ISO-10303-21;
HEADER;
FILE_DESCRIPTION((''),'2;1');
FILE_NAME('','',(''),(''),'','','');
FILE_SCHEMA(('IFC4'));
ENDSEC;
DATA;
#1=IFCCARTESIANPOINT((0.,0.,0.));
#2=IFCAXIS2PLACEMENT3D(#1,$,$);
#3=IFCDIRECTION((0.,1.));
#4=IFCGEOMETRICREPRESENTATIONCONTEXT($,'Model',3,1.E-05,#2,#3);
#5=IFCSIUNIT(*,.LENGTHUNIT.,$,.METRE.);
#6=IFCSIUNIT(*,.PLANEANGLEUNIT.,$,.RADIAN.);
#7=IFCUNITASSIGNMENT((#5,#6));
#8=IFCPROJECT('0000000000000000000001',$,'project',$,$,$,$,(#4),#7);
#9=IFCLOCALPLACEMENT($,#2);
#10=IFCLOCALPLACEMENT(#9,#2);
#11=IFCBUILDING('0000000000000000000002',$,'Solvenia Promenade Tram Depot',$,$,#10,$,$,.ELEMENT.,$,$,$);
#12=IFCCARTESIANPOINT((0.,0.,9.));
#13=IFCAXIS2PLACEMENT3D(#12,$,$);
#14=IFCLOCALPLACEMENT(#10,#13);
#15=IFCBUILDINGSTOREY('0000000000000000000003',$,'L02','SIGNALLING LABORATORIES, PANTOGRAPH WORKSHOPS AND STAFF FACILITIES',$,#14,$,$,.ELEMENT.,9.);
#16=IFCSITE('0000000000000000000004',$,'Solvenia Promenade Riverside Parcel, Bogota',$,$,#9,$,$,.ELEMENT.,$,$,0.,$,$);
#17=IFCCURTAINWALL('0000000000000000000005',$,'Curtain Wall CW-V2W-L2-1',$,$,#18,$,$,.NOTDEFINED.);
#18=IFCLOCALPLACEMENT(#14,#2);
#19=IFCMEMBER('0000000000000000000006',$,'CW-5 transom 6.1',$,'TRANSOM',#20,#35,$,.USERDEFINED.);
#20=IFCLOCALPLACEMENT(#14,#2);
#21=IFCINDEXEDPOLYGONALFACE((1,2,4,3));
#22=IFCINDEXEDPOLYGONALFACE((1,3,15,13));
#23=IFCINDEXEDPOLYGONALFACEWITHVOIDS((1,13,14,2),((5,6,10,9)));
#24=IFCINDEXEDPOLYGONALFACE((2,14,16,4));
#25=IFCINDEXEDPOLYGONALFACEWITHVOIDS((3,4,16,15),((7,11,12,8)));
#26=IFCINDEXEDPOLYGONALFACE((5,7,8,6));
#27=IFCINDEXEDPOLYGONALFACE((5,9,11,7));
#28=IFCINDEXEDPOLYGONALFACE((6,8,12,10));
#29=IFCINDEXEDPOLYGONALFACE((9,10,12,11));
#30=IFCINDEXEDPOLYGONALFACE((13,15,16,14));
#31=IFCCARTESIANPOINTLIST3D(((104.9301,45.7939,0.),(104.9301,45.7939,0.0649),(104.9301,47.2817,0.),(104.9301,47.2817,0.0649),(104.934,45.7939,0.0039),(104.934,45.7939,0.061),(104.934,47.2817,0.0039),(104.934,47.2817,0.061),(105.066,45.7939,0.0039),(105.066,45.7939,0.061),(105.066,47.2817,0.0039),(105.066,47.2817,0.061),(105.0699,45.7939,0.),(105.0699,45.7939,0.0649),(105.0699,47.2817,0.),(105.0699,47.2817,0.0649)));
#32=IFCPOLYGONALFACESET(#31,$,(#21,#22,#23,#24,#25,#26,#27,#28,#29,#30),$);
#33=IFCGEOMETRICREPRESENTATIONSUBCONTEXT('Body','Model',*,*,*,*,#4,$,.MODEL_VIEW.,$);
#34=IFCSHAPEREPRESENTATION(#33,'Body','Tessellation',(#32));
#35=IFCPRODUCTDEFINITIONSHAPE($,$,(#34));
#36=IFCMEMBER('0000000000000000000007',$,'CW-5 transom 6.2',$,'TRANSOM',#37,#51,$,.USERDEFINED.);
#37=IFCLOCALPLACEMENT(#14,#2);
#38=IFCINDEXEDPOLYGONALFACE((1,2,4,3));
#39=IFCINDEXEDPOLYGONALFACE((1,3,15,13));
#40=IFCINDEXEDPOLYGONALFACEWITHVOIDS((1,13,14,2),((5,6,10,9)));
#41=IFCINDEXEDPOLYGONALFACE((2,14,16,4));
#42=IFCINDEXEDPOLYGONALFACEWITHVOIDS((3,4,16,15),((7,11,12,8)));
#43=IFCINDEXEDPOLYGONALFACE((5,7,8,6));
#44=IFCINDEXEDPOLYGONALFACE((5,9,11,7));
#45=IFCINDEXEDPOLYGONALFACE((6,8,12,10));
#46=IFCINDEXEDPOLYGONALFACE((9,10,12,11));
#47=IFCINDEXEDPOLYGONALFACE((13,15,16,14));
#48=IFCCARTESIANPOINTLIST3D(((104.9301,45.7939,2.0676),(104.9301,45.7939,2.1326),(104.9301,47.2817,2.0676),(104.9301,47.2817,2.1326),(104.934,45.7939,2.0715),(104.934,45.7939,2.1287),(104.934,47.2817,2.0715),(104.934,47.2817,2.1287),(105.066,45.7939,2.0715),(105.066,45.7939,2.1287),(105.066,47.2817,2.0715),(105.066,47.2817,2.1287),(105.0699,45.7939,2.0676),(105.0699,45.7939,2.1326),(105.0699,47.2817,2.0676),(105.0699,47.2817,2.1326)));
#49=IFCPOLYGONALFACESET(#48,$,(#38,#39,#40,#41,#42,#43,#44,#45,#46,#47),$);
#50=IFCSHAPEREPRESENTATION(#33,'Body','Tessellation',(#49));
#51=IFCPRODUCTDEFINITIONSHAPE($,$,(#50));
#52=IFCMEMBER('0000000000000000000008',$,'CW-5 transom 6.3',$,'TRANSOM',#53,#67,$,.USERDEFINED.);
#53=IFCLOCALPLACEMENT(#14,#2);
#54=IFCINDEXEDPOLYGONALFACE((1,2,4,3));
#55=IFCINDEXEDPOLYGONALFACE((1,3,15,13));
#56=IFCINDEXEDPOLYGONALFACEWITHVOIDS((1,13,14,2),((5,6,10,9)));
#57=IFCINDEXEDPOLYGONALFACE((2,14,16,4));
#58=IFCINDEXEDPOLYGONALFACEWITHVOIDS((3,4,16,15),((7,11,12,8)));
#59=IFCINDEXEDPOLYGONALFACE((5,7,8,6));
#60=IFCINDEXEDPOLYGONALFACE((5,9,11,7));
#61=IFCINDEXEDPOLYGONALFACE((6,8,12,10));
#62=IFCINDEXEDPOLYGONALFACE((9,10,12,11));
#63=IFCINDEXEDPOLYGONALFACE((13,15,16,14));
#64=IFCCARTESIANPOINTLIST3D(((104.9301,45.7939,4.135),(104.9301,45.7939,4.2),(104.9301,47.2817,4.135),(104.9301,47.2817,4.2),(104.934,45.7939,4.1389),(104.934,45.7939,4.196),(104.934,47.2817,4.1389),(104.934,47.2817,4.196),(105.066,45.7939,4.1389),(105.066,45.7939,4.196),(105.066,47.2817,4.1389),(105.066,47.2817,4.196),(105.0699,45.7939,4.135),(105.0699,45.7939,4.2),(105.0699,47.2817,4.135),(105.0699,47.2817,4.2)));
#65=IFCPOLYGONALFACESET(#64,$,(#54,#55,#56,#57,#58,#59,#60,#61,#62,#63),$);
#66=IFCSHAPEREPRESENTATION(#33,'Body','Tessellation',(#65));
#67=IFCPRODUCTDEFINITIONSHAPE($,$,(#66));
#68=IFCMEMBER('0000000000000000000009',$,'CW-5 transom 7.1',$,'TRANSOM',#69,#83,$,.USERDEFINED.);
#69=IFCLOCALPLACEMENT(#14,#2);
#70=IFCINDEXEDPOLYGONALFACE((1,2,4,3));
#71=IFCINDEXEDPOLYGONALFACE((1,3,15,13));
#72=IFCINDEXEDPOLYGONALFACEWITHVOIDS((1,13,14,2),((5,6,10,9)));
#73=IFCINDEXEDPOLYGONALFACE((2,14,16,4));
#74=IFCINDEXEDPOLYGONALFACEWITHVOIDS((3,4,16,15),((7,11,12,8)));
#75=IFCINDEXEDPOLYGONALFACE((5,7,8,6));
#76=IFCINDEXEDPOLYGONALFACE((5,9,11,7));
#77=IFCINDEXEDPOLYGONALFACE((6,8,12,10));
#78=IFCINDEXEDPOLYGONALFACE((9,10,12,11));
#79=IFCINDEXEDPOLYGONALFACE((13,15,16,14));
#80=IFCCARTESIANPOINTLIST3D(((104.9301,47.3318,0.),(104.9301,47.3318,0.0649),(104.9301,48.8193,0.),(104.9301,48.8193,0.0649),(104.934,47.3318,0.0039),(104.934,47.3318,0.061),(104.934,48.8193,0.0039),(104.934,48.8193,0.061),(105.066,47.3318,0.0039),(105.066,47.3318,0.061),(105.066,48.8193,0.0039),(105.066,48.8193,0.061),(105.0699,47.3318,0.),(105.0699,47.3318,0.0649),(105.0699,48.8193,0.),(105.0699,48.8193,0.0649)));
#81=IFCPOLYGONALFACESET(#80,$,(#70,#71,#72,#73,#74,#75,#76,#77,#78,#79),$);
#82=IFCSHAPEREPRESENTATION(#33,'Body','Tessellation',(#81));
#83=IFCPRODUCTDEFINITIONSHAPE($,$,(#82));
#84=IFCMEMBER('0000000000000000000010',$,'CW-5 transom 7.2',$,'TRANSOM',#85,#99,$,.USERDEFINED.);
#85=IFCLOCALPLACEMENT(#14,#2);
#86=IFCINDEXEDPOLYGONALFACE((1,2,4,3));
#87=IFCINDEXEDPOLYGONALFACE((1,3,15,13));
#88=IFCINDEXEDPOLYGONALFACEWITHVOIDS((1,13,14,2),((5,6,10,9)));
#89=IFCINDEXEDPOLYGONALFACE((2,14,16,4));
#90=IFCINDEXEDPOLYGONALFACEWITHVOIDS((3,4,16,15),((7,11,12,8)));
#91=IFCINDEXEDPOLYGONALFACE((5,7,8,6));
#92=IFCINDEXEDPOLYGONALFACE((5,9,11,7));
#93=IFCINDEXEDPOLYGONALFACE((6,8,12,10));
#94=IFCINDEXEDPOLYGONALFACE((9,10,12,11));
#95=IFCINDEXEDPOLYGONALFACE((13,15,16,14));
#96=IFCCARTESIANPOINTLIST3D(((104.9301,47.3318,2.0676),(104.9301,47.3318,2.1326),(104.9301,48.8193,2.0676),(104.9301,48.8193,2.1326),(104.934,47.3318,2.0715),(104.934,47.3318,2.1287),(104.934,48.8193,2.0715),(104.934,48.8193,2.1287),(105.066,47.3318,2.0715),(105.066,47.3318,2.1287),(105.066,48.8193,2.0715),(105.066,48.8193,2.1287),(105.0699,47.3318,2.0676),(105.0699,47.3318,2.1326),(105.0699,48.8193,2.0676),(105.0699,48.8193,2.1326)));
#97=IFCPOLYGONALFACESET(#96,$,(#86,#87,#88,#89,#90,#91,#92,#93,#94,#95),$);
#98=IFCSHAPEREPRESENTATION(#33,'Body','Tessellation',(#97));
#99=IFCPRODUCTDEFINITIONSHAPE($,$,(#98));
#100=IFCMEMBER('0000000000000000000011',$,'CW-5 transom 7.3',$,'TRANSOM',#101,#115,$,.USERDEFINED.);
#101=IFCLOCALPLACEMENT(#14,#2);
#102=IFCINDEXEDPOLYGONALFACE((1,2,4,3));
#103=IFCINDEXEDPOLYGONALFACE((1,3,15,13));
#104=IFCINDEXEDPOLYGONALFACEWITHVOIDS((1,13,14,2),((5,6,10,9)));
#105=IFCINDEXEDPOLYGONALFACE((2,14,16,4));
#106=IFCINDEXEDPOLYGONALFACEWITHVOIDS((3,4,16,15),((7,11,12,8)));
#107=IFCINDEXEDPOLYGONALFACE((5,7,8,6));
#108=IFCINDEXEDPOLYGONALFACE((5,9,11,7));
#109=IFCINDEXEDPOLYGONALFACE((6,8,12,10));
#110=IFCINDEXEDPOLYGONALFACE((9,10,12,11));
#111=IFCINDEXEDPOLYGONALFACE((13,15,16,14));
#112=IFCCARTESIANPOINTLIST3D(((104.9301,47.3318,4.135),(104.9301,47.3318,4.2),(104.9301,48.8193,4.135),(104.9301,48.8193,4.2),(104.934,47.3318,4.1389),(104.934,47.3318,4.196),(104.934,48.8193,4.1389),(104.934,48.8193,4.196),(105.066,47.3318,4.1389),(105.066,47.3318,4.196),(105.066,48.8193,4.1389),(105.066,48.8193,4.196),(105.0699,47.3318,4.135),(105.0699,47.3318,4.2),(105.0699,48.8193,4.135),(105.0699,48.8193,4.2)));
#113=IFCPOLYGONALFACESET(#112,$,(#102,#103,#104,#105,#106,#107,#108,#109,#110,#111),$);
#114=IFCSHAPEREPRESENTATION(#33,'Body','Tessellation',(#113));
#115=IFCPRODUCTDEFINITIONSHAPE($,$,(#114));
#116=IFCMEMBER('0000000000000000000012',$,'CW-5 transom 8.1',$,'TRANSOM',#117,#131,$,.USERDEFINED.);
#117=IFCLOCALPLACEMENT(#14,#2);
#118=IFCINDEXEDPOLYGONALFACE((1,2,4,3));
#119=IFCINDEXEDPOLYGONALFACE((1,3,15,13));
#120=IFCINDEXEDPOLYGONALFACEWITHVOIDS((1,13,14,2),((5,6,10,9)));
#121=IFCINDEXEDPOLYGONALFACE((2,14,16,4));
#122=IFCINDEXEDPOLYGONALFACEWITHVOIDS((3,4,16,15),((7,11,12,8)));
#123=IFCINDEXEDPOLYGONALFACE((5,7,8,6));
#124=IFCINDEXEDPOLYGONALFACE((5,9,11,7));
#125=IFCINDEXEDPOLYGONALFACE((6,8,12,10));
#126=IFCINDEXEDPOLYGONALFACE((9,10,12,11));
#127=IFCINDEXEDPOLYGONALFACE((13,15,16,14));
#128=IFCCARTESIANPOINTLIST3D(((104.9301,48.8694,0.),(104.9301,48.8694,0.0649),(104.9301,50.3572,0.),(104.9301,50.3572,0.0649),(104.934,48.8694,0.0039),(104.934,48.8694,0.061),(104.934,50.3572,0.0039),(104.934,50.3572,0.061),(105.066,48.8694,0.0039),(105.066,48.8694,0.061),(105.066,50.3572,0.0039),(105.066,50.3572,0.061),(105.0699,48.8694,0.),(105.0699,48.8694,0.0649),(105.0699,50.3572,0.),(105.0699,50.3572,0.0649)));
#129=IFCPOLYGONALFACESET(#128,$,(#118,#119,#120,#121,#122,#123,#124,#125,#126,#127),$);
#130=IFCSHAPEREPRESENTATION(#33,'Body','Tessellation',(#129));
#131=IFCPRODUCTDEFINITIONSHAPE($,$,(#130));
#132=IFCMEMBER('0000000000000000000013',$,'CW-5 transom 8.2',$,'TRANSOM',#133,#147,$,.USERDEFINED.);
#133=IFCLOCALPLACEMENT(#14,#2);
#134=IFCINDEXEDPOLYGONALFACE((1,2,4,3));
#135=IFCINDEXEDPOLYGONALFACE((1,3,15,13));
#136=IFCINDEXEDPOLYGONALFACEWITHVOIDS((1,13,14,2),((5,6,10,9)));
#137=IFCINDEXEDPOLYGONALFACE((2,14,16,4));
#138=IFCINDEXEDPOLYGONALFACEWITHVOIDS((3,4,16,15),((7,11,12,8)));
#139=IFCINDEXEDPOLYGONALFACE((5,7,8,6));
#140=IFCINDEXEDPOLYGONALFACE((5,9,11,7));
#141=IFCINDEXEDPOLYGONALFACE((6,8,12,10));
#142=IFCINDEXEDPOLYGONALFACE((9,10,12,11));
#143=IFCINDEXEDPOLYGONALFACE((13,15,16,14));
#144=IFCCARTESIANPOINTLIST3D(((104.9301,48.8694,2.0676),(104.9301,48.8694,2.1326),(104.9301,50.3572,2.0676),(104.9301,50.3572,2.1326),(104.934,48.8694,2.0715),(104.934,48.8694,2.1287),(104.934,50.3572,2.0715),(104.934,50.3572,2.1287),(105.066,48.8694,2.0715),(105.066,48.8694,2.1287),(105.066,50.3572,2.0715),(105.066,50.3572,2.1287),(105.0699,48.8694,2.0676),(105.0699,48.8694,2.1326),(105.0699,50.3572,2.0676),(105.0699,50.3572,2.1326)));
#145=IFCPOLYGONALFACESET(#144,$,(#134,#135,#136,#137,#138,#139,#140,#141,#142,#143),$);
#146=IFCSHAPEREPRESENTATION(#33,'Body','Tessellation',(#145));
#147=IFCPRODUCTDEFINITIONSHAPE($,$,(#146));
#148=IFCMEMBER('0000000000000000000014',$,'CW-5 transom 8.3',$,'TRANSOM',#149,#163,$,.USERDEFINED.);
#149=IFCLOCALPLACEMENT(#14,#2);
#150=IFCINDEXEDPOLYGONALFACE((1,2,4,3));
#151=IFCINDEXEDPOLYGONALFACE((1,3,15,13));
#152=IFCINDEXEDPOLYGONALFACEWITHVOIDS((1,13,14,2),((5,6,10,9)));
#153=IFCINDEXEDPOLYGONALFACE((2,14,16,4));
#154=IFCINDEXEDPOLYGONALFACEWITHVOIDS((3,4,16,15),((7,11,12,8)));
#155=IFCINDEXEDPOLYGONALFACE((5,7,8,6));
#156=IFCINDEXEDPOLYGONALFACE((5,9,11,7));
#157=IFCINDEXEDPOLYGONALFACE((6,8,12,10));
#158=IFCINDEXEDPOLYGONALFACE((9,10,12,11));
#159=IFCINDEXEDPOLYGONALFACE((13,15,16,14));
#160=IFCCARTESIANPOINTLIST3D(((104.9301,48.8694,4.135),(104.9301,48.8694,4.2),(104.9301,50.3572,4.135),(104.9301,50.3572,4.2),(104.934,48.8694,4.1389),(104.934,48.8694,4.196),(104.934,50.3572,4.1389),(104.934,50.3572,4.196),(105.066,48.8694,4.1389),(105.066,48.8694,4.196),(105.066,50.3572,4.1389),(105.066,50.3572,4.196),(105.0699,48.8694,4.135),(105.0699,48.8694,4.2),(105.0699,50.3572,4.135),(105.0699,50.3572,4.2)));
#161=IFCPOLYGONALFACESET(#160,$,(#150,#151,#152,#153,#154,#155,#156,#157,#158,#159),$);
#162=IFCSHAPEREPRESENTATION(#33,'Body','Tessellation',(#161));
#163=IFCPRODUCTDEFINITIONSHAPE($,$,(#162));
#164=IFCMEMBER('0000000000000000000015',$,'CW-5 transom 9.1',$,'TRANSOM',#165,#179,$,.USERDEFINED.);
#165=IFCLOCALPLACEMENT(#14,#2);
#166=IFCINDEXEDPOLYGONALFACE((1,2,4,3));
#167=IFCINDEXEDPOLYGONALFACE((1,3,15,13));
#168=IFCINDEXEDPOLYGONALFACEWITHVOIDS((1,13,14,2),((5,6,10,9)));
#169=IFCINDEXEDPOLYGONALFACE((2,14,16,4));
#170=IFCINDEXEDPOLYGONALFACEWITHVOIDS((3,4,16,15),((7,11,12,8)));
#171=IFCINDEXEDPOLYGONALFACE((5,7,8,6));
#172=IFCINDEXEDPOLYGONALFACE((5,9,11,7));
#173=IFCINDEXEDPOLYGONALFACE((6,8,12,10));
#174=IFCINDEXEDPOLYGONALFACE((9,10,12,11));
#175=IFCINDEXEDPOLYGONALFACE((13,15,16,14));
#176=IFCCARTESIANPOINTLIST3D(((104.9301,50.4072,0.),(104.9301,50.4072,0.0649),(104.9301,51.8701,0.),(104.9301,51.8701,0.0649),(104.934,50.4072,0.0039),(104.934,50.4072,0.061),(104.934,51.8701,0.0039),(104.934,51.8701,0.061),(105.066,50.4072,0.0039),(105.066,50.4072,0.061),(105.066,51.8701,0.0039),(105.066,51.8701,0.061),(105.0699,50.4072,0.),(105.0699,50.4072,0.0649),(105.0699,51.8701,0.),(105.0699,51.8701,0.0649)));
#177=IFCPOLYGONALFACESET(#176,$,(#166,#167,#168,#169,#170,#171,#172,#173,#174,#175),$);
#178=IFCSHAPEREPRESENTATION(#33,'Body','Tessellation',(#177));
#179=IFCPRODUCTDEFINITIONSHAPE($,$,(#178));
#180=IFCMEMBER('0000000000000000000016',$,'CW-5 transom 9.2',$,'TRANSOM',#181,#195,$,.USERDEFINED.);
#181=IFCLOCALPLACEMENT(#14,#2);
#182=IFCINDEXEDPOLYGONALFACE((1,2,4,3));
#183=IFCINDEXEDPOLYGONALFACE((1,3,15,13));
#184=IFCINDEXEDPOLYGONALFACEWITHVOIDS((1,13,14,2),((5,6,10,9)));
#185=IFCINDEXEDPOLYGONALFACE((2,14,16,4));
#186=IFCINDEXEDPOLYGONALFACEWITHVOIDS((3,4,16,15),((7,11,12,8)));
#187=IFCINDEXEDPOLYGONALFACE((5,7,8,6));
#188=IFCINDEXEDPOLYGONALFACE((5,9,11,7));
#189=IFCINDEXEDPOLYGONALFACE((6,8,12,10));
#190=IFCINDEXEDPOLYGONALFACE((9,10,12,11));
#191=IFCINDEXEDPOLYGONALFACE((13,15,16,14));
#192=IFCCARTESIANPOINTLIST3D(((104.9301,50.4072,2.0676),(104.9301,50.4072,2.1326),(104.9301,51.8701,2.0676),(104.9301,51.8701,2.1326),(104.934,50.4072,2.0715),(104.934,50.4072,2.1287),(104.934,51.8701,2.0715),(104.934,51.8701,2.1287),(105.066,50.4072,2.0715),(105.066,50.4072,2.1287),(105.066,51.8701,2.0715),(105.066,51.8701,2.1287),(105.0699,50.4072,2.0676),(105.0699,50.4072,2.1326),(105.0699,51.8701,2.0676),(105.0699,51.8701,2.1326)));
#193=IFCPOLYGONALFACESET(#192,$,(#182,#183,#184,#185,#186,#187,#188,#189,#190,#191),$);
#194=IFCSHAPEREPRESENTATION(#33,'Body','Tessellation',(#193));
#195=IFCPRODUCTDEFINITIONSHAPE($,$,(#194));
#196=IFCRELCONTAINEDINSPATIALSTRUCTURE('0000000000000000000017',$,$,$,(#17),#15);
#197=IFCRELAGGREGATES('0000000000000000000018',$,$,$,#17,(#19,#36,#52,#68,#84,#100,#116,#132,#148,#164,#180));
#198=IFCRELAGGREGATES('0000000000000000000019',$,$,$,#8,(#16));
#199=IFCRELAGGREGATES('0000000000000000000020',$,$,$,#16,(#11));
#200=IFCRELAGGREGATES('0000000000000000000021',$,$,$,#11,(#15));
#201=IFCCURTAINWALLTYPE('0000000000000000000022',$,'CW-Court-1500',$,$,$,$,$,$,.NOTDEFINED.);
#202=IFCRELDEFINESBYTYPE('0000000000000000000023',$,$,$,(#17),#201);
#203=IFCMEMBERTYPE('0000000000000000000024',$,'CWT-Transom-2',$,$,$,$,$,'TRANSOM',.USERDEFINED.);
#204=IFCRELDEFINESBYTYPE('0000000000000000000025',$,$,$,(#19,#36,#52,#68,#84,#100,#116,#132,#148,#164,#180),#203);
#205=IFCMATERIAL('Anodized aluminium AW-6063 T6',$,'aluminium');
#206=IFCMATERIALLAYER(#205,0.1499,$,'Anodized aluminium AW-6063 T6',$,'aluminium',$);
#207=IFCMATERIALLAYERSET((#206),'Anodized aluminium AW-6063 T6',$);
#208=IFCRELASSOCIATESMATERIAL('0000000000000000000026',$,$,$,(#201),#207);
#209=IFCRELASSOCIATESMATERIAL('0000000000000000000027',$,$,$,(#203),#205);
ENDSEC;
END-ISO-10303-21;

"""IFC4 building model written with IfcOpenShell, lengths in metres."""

from ifc_helpers import new_model, si_unit, direction, frame, origin, origin_2d, place, context, subcontext, project, spatial, hollow_rectangle, extrude, material, layer, layer_set, material_profile, profile_set, type_object, element, aggregate, save


model = new_model("IFC4")

# Units and contexts
model_context = context("Model", 3, precision=1e-05, world=origin(), true_north=direction((0.0, 1.0)))
body_context = subcontext(model_context, "Body", "Model", "MODEL_VIEW")
ifc_project = project(units=[si_unit("LENGTHUNIT", "METRE"), si_unit("PLANEANGLEUNIT", "RADIAN")], contexts=[model_context])

# Site, building, storey
site_placement = place(None, origin())
site = spatial("IfcSite", under=ifc_project, at=site_placement, Name="Solvenia Promenade Riverside Parcel, Bogota", CompositionType="ELEMENT", RefElevation=0.0)
building_placement = place(site_placement, origin())
building = spatial("IfcBuilding", under=site, at=building_placement, Name="Solvenia Promenade Tram Depot", CompositionType="ELEMENT")
storey_placement = place(building_placement, frame((0.0, 0.0, 9.0)))
storey = spatial("IfcBuildingStorey", under=building, at=storey_placement, Name="L02", Description="SIGNALLING LABORATORIES, PANTOGRAPH WORKSHOPS AND STAFF FACILITIES", CompositionType="ELEMENT", Elevation=9.0)

# Curtain wall, members
ifc_material_1 = material(Name="Anodized aluminium AW-6063 T6", Category="aluminium")
ifc_layer_1 = layer(ifc_material_1, 0.1499, Name="Anodized aluminium AW-6063 T6", Category="aluminium")
ifc_layer_set_1 = layer_set([ifc_layer_1], Name="Anodized aluminium AW-6063 T6")
curtain_wall_type = type_object("IfcCurtainWallType", Name="CW-Court-1500", PredefinedType="NOTDEFINED", material=ifc_layer_set_1)
curtain_wall_placement = place(storey_placement, origin())
curtain_wall = element("IfcCurtainWall", 1, at=curtain_wall_placement, inside=storey, type_object=curtain_wall_type, Name="Curtain Wall CW-V2W-L2-1", PredefinedType="NOTDEFINED")
ifc_material_profile_1 = material_profile(ifc_material_1, hollow_rectangle(XDim=0.1399, YDim=0.0649, WallThickness=0.0039, at=origin_2d()), Name="ALU-T2", Category="aluminium")
ifc_profile_set_1 = profile_set([ifc_material_profile_1], Name="Anodized aluminium AW-6063 T6")
member_type_1 = type_object("IfcMemberType", Name="CWT-Transom-2", ElementType="TRANSOM", PredefinedType="USERDEFINED", material=ifc_profile_set_1)
member_1_placement = place(storey_placement, frame((105.0, 45.7939, 0.0325), z_axis=(0.0, 1.0, 0.0), x_axis=(-1.0, 0.0, 0.0)))
member_1 = element("IfcMember", 2, at=member_1_placement, type_object=member_type_1, Name="CW-5 transom 6.1", ObjectType="TRANSOM", PredefinedType="USERDEFINED", context=body_context, shape_type="SweptSolid", body=[
    extrude(hollow_rectangle(XDim=0.1399, YDim=0.0649, WallThickness=0.0039, at=origin_2d()), origin(), (0.0, 0.0, 1.0), 1.4878),
])
member_2_placement = place(storey_placement, frame((105.0, 45.7939, 2.1001), z_axis=(0.0, 1.0, 0.0), x_axis=(-1.0, 0.0, 0.0)))
member_2 = element("IfcMember", 3, at=member_2_placement, type_object=member_type_1, Name="CW-5 transom 6.2", ObjectType="TRANSOM", PredefinedType="USERDEFINED", context=body_context, shape_type="SweptSolid", body=[
    extrude(hollow_rectangle(XDim=0.1399, YDim=0.0649, WallThickness=0.0039, at=origin_2d()), origin(), (0.0, 0.0, 1.0), 1.4878),
])
member_3_placement = place(storey_placement, frame((105.0, 45.7939, 4.1675), z_axis=(0.0, 1.0, 0.0), x_axis=(-1.0, 0.0, 0.0)))
member_3 = element("IfcMember", 4, at=member_3_placement, type_object=member_type_1, Name="CW-5 transom 6.3", ObjectType="TRANSOM", PredefinedType="USERDEFINED", context=body_context, shape_type="SweptSolid", body=[
    extrude(hollow_rectangle(XDim=0.1399, YDim=0.0649, WallThickness=0.0039, at=origin_2d()), origin(), (0.0, 0.0, 1.0), 1.4878),
])
member_4_placement = place(storey_placement, frame((105.0, 47.3318, 0.0325), z_axis=(0.0, 1.0, 0.0), x_axis=(-1.0, 0.0, 0.0)))
member_4 = element("IfcMember", 5, at=member_4_placement, type_object=member_type_1, Name="CW-5 transom 7.1", ObjectType="TRANSOM", PredefinedType="USERDEFINED", context=body_context, shape_type="SweptSolid", body=[
    extrude(hollow_rectangle(XDim=0.1399, YDim=0.0649, WallThickness=0.0039, at=origin_2d()), origin(), (0.0, 0.0, 1.0), 1.4875),
])
member_5_placement = place(storey_placement, frame((105.0, 47.3318, 2.1001), z_axis=(0.0, 1.0, 0.0), x_axis=(-1.0, 0.0, 0.0)))
member_5 = element("IfcMember", 6, at=member_5_placement, type_object=member_type_1, Name="CW-5 transom 7.2", ObjectType="TRANSOM", PredefinedType="USERDEFINED", context=body_context, shape_type="SweptSolid", body=[
    extrude(hollow_rectangle(XDim=0.1399, YDim=0.0649, WallThickness=0.0039, at=origin_2d()), origin(), (0.0, 0.0, 1.0), 1.4875),
])
member_6_placement = place(storey_placement, frame((105.0, 47.3318, 4.1675), z_axis=(0.0, 1.0, 0.0), x_axis=(-1.0, 0.0, 0.0)))
member_6 = element("IfcMember", 7, at=member_6_placement, type_object=member_type_1, Name="CW-5 transom 7.3", ObjectType="TRANSOM", PredefinedType="USERDEFINED", context=body_context, shape_type="SweptSolid", body=[
    extrude(hollow_rectangle(XDim=0.1399, YDim=0.0649, WallThickness=0.0039, at=origin_2d()), origin(), (0.0, 0.0, 1.0), 1.4875),
])
member_7_placement = place(storey_placement, frame((105.0, 48.8694, 0.0325), z_axis=(0.0, 1.0, 0.0), x_axis=(-1.0, 0.0, 0.0)))
member_7 = element("IfcMember", 8, at=member_7_placement, type_object=member_type_1, Name="CW-5 transom 8.1", ObjectType="TRANSOM", PredefinedType="USERDEFINED", context=body_context, shape_type="SweptSolid", body=[
    extrude(hollow_rectangle(XDim=0.1399, YDim=0.0649, WallThickness=0.0039, at=origin_2d()), origin(), (0.0, 0.0, 1.0), 1.4878),
])
member_8_placement = place(storey_placement, frame((105.0, 48.8694, 2.1001), z_axis=(0.0, 1.0, 0.0), x_axis=(-1.0, 0.0, 0.0)))
member_8 = element("IfcMember", 9, at=member_8_placement, type_object=member_type_1, Name="CW-5 transom 8.2", ObjectType="TRANSOM", PredefinedType="USERDEFINED", context=body_context, shape_type="SweptSolid", body=[
    extrude(hollow_rectangle(XDim=0.1399, YDim=0.0649, WallThickness=0.0039, at=origin_2d()), origin(), (0.0, 0.0, 1.0), 1.4878),
])
member_9_placement = place(storey_placement, frame((105.0, 48.8694, 4.1675), z_axis=(0.0, 1.0, 0.0), x_axis=(-1.0, 0.0, 0.0)))
member_9 = element("IfcMember", 10, at=member_9_placement, type_object=member_type_1, Name="CW-5 transom 8.3", ObjectType="TRANSOM", PredefinedType="USERDEFINED", context=body_context, shape_type="SweptSolid", body=[
    extrude(hollow_rectangle(XDim=0.1399, YDim=0.0649, WallThickness=0.0039, at=origin_2d()), origin(), (0.0, 0.0, 1.0), 1.4878),
])
member_10_placement = place(storey_placement, frame((105.0, 50.4072, 0.0325), z_axis=(0.0, 1.0, 0.0), x_axis=(-1.0, 0.0, 0.0)))
member_10 = element("IfcMember", 11, at=member_10_placement, type_object=member_type_1, Name="CW-5 transom 9.1", ObjectType="TRANSOM", PredefinedType="USERDEFINED", context=body_context, shape_type="SweptSolid", body=[
    extrude(hollow_rectangle(XDim=0.1399, YDim=0.0649, WallThickness=0.0039, at=origin_2d()), origin(), (0.0, 0.0, 1.0), 1.4629),
])
member_11_placement = place(storey_placement, frame((105.0, 50.4072, 2.1001), z_axis=(0.0, 1.0, 0.0), x_axis=(-1.0, 0.0, 0.0)))
member_11 = element("IfcMember", 12, at=member_11_placement, type_object=member_type_1, Name="CW-5 transom 9.2", ObjectType="TRANSOM", PredefinedType="USERDEFINED", context=body_context, shape_type="SweptSolid", body=[
    extrude(hollow_rectangle(XDim=0.1399, YDim=0.0649, WallThickness=0.0039, at=origin_2d()), origin(), (0.0, 0.0, 1.0), 1.4629),
])

aggregate(curtain_wall, [member_1, member_2, member_3, member_4, member_5, member_6, member_7, member_8, member_9, member_10, member_11])

save(model, "model.ifc")
